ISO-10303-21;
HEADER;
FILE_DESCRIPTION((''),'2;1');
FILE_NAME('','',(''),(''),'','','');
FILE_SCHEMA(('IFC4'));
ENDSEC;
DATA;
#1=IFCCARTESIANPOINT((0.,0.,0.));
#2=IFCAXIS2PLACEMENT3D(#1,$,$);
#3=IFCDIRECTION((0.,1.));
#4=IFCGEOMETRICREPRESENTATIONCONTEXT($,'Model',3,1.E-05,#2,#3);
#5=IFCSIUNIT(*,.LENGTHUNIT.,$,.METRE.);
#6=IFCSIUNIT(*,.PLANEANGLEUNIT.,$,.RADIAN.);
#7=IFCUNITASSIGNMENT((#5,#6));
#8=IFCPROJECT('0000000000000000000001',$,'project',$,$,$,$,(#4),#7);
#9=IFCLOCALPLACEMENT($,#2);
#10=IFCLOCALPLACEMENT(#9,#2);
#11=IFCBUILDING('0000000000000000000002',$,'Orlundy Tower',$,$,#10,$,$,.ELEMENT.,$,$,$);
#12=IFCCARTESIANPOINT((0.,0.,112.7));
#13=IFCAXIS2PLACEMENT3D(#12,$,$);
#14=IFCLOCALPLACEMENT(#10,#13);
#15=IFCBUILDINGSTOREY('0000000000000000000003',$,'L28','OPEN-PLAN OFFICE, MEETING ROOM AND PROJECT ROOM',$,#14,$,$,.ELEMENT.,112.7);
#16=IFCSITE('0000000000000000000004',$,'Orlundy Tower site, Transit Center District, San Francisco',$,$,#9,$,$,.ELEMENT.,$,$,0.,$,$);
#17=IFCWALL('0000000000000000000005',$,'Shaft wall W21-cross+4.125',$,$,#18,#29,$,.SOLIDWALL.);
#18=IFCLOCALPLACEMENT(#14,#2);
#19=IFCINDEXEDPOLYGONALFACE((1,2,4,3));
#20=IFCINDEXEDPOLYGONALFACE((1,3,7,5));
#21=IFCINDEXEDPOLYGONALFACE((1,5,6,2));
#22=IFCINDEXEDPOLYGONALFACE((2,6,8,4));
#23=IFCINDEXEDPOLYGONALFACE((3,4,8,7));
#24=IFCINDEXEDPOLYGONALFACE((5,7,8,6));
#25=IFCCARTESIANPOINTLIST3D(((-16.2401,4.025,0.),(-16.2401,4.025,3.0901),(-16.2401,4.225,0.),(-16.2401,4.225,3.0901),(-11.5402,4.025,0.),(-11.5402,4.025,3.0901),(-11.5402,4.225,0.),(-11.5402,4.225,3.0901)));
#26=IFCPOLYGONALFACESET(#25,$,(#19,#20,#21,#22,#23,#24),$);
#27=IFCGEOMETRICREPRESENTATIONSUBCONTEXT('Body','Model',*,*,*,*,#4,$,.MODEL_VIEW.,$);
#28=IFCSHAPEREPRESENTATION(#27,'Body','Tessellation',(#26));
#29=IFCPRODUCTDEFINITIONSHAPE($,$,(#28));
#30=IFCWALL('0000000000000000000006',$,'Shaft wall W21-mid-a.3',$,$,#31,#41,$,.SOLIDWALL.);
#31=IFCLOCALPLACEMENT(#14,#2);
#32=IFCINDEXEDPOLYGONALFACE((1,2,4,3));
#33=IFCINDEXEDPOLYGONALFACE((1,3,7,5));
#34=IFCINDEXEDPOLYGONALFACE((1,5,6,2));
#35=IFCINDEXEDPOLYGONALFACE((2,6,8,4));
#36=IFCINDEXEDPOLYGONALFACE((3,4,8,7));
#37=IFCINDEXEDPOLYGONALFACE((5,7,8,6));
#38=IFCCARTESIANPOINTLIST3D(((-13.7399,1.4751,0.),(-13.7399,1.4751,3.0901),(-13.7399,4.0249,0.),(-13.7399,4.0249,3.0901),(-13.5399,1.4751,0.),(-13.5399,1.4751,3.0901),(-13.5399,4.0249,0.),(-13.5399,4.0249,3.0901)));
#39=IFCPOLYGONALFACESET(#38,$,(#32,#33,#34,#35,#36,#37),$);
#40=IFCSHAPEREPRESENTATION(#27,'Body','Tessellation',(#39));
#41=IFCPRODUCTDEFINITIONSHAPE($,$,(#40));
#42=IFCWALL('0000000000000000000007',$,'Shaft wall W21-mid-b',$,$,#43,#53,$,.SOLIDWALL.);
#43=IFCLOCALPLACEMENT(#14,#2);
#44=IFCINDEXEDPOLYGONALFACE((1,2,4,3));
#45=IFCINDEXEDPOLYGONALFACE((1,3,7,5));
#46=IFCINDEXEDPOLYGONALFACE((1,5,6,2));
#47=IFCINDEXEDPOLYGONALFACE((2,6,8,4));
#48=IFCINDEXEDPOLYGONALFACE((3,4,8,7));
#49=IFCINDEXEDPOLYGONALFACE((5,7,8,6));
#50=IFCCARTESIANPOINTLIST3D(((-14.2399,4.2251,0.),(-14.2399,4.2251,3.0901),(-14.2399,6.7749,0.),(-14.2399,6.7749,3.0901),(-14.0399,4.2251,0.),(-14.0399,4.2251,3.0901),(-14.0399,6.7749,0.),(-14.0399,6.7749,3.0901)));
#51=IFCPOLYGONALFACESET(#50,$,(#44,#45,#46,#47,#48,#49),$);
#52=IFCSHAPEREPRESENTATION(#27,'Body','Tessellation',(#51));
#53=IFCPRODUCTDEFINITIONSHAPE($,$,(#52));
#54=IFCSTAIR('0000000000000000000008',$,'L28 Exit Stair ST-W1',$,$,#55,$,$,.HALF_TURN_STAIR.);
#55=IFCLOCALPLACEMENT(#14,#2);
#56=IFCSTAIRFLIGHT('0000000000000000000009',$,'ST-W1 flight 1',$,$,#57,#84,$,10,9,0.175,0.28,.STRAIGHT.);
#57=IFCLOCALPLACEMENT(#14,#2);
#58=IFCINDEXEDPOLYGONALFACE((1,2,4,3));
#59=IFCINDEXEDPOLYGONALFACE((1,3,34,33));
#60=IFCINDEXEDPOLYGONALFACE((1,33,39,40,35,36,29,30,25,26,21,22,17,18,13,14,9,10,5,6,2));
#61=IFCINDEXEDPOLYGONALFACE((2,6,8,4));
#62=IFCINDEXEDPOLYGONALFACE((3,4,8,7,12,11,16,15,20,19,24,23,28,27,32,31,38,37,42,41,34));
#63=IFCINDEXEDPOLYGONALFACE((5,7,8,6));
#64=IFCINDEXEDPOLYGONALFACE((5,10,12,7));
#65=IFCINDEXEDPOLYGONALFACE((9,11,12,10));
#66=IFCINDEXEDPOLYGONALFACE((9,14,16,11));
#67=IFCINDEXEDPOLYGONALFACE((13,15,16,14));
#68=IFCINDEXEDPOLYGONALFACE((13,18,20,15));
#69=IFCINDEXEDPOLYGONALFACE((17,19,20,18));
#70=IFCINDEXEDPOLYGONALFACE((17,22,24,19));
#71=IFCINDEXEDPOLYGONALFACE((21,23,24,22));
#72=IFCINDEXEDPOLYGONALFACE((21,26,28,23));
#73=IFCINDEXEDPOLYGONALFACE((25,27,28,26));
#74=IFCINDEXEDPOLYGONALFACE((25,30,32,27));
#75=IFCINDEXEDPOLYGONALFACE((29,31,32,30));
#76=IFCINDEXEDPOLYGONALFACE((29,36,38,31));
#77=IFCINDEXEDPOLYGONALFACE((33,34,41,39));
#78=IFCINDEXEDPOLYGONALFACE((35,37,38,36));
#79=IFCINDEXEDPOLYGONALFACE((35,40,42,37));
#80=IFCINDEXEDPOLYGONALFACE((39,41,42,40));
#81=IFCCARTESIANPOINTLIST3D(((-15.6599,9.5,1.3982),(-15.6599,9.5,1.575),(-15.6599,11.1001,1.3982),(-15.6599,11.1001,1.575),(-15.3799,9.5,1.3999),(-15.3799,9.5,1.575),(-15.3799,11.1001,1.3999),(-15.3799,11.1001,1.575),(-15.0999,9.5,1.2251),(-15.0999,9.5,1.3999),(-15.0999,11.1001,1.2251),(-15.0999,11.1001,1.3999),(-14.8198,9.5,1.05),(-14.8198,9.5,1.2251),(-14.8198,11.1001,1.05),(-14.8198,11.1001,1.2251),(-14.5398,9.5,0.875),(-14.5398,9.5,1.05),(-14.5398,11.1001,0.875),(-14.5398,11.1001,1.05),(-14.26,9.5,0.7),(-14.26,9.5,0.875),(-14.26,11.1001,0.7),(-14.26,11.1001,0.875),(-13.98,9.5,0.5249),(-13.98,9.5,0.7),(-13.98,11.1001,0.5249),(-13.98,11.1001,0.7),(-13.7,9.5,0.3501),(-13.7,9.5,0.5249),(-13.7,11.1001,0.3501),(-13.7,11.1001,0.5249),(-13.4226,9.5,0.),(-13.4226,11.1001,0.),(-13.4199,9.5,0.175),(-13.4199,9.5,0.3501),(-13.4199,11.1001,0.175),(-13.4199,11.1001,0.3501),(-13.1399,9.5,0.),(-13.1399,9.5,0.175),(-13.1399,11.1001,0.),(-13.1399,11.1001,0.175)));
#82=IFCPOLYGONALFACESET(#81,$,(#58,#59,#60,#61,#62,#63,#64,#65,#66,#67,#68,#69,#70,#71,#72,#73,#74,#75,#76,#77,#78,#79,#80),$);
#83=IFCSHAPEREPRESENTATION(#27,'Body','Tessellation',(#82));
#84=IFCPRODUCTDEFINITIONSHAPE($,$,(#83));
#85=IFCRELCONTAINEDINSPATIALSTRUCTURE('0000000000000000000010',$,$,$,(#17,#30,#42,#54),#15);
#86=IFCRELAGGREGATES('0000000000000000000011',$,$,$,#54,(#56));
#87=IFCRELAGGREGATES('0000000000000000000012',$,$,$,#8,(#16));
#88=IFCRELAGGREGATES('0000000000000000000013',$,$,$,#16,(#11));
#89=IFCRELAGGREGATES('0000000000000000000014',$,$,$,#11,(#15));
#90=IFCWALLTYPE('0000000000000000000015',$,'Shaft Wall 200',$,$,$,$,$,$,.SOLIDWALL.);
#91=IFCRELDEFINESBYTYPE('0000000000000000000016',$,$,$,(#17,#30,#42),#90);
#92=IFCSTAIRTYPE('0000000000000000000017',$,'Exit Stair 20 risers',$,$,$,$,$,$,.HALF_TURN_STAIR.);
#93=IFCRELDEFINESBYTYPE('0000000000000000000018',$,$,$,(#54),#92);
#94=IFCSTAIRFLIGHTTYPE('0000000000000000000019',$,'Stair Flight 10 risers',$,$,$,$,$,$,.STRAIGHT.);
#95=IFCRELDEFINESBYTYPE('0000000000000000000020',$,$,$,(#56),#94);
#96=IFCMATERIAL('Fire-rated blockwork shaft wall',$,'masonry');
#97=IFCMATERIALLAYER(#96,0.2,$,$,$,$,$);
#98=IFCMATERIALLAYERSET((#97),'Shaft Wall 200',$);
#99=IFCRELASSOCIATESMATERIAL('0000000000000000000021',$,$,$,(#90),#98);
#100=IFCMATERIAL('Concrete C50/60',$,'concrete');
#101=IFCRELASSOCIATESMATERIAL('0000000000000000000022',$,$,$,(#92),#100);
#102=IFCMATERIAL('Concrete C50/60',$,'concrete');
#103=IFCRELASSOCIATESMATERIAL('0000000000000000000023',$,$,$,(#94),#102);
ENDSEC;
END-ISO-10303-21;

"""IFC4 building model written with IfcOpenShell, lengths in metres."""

from ifc_helpers import new_model, si_unit, direction, frame, frame_2d, origin, place, context, subcontext, project, spatial, polyline, rectangle, outline, extrude, material, layer, layer_set, type_object, element, aggregate, save


model = new_model("IFC4")

# Units and contexts
model_context = context("Model", 3, precision=1e-05, world=origin(), true_north=direction((0.0, 1.0)))
body_context = subcontext(model_context, "Body", "Model", "MODEL_VIEW")
ifc_project = project(units=[si_unit("LENGTHUNIT", "METRE"), si_unit("PLANEANGLEUNIT", "RADIAN")], contexts=[model_context])

# Site, building, storey
site_placement = place(None, origin())
site = spatial("IfcSite", under=ifc_project, at=site_placement, Name="Orlundy Tower site, Transit Center District, San Francisco", CompositionType="ELEMENT", RefElevation=0.0)
building_placement = place(site_placement, origin())
building = spatial("IfcBuilding", under=site, at=building_placement, Name="Orlundy Tower", CompositionType="ELEMENT")
storey_placement = place(building_placement, frame((0.0, 0.0, 112.7)))
storey = spatial("IfcBuildingStorey", under=building, at=storey_placement, Name="L28", Description="OPEN-PLAN OFFICE, MEETING ROOM AND PROJECT ROOM", CompositionType="ELEMENT", Elevation=112.7)

# Walls
ifc_material_1 = material(Name="Fire-rated blockwork shaft wall", Category="masonry")
ifc_layer_1 = layer(ifc_material_1, 0.2)
ifc_layer_set_1 = layer_set([ifc_layer_1], Name="Shaft Wall 200")
wall_type_1 = type_object("IfcWallType", Name="Shaft Wall 200", PredefinedType="SOLIDWALL", material=ifc_layer_set_1)
wall_1_placement = place(storey_placement, frame((-11.54, 4.125, 0.0), z_axis=(0.0, 0.0, 1.0), x_axis=(-1.0, 0.0, 0.0)))
element("IfcWall", 1, at=wall_1_placement, inside=storey, type_object=wall_type_1, Name="Shaft wall W21-cross+4.125", PredefinedType="SOLIDWALL", context=body_context, shape_type="SweptSolid", body=[
    extrude(rectangle(XDim=4.7, YDim=0.2, at=frame_2d((2.3501, 0.0))), origin(), (0.0, 0.0, 1.0), 3.0901),
])
for number, where, z_axis, x_axis, name in (
    (2, (-13.6399, 1.4751, 0.0), (0.0, 0.0, 1.0), (0.0, 1.0, 0.0), "Shaft wall W21-mid-a.3"),
    (3, (-14.1399, 4.2251, 0.0), (0.0, 0.0, 1.0), (0.0, 1.0, 0.0), "Shaft wall W21-mid-b"),
):
    element("IfcWall", number, at=place(storey_placement, frame(where, z_axis=z_axis, x_axis=x_axis)), inside=storey, type_object=wall_type_1, Name=name, PredefinedType="SOLIDWALL", context=body_context, shape_type="SweptSolid", body=[
        extrude(rectangle(XDim=2.5498, YDim=0.2, at=frame_2d((1.2749, 0.0))), origin(), (0.0, 0.0, 1.0), 3.0901),
    ])

# Stair, stair flight
ifc_material_2 = material(Name="Concrete C50/60", Category="concrete")
stair_type = type_object("IfcStairType", Name="Exit Stair 20 risers", PredefinedType="HALF_TURN_STAIR", material=ifc_material_2)
stair_placement = place(storey_placement, origin())
stair = element("IfcStair", 4, at=stair_placement, inside=storey, type_object=stair_type, Name="L28 Exit Stair ST-W1", PredefinedType="HALF_TURN_STAIR")
ifc_material_3 = material(Name="Concrete C50/60", Category="concrete")
stair_flight_type = type_object("IfcStairFlightType", Name="Stair Flight 10 risers", PredefinedType="STRAIGHT", material=ifc_material_3)
stair_flight_placement = place(storey_placement, frame((-13.1399, 10.3, 0.0), z_axis=(0.0, 0.0, 1.0), x_axis=(-1.0, 0.0, 0.0)))
stair_flight = element("IfcStairFlight", 5, at=stair_flight_placement, type_object=stair_flight_type, Name="ST-W1 flight 1", NumberOfRisers=10, NumberOfTreads=9, PredefinedType="STRAIGHT", RiserHeight=0.175, TreadLength=0.28, context=body_context, shape_type="SweptSolid", body=[
    extrude(outline(polyline([(0.0, 0.0), (0.0, 0.175), (0.28, 0.175), (0.28, 0.3501), (0.5601, 0.3501), (0.5601, 0.5249), (0.8401, 0.5249), (0.8401, 0.7), (1.1201, 0.7), (1.1201, 0.875), (1.3999, 0.875), (1.3999, 1.05), (1.6799, 1.05), (1.6799, 1.2251), (1.96, 1.2251), (1.96, 1.3999), (2.24, 1.3999), (2.24, 1.575), (2.52, 1.575), (2.52, 1.75), (2.52, 1.3982), (0.2827, 0.0), (0.0, 0.0)])), frame((0.0, 0.8, 0.0), z_axis=(0.0, -1.0, 0.0), x_axis=(1.0, 0.0, 0.0)), (0.0, 0.0, 1.0), 1.6001),
])
aggregate(stair, [stair_flight])

save(model, "model.ifc")
